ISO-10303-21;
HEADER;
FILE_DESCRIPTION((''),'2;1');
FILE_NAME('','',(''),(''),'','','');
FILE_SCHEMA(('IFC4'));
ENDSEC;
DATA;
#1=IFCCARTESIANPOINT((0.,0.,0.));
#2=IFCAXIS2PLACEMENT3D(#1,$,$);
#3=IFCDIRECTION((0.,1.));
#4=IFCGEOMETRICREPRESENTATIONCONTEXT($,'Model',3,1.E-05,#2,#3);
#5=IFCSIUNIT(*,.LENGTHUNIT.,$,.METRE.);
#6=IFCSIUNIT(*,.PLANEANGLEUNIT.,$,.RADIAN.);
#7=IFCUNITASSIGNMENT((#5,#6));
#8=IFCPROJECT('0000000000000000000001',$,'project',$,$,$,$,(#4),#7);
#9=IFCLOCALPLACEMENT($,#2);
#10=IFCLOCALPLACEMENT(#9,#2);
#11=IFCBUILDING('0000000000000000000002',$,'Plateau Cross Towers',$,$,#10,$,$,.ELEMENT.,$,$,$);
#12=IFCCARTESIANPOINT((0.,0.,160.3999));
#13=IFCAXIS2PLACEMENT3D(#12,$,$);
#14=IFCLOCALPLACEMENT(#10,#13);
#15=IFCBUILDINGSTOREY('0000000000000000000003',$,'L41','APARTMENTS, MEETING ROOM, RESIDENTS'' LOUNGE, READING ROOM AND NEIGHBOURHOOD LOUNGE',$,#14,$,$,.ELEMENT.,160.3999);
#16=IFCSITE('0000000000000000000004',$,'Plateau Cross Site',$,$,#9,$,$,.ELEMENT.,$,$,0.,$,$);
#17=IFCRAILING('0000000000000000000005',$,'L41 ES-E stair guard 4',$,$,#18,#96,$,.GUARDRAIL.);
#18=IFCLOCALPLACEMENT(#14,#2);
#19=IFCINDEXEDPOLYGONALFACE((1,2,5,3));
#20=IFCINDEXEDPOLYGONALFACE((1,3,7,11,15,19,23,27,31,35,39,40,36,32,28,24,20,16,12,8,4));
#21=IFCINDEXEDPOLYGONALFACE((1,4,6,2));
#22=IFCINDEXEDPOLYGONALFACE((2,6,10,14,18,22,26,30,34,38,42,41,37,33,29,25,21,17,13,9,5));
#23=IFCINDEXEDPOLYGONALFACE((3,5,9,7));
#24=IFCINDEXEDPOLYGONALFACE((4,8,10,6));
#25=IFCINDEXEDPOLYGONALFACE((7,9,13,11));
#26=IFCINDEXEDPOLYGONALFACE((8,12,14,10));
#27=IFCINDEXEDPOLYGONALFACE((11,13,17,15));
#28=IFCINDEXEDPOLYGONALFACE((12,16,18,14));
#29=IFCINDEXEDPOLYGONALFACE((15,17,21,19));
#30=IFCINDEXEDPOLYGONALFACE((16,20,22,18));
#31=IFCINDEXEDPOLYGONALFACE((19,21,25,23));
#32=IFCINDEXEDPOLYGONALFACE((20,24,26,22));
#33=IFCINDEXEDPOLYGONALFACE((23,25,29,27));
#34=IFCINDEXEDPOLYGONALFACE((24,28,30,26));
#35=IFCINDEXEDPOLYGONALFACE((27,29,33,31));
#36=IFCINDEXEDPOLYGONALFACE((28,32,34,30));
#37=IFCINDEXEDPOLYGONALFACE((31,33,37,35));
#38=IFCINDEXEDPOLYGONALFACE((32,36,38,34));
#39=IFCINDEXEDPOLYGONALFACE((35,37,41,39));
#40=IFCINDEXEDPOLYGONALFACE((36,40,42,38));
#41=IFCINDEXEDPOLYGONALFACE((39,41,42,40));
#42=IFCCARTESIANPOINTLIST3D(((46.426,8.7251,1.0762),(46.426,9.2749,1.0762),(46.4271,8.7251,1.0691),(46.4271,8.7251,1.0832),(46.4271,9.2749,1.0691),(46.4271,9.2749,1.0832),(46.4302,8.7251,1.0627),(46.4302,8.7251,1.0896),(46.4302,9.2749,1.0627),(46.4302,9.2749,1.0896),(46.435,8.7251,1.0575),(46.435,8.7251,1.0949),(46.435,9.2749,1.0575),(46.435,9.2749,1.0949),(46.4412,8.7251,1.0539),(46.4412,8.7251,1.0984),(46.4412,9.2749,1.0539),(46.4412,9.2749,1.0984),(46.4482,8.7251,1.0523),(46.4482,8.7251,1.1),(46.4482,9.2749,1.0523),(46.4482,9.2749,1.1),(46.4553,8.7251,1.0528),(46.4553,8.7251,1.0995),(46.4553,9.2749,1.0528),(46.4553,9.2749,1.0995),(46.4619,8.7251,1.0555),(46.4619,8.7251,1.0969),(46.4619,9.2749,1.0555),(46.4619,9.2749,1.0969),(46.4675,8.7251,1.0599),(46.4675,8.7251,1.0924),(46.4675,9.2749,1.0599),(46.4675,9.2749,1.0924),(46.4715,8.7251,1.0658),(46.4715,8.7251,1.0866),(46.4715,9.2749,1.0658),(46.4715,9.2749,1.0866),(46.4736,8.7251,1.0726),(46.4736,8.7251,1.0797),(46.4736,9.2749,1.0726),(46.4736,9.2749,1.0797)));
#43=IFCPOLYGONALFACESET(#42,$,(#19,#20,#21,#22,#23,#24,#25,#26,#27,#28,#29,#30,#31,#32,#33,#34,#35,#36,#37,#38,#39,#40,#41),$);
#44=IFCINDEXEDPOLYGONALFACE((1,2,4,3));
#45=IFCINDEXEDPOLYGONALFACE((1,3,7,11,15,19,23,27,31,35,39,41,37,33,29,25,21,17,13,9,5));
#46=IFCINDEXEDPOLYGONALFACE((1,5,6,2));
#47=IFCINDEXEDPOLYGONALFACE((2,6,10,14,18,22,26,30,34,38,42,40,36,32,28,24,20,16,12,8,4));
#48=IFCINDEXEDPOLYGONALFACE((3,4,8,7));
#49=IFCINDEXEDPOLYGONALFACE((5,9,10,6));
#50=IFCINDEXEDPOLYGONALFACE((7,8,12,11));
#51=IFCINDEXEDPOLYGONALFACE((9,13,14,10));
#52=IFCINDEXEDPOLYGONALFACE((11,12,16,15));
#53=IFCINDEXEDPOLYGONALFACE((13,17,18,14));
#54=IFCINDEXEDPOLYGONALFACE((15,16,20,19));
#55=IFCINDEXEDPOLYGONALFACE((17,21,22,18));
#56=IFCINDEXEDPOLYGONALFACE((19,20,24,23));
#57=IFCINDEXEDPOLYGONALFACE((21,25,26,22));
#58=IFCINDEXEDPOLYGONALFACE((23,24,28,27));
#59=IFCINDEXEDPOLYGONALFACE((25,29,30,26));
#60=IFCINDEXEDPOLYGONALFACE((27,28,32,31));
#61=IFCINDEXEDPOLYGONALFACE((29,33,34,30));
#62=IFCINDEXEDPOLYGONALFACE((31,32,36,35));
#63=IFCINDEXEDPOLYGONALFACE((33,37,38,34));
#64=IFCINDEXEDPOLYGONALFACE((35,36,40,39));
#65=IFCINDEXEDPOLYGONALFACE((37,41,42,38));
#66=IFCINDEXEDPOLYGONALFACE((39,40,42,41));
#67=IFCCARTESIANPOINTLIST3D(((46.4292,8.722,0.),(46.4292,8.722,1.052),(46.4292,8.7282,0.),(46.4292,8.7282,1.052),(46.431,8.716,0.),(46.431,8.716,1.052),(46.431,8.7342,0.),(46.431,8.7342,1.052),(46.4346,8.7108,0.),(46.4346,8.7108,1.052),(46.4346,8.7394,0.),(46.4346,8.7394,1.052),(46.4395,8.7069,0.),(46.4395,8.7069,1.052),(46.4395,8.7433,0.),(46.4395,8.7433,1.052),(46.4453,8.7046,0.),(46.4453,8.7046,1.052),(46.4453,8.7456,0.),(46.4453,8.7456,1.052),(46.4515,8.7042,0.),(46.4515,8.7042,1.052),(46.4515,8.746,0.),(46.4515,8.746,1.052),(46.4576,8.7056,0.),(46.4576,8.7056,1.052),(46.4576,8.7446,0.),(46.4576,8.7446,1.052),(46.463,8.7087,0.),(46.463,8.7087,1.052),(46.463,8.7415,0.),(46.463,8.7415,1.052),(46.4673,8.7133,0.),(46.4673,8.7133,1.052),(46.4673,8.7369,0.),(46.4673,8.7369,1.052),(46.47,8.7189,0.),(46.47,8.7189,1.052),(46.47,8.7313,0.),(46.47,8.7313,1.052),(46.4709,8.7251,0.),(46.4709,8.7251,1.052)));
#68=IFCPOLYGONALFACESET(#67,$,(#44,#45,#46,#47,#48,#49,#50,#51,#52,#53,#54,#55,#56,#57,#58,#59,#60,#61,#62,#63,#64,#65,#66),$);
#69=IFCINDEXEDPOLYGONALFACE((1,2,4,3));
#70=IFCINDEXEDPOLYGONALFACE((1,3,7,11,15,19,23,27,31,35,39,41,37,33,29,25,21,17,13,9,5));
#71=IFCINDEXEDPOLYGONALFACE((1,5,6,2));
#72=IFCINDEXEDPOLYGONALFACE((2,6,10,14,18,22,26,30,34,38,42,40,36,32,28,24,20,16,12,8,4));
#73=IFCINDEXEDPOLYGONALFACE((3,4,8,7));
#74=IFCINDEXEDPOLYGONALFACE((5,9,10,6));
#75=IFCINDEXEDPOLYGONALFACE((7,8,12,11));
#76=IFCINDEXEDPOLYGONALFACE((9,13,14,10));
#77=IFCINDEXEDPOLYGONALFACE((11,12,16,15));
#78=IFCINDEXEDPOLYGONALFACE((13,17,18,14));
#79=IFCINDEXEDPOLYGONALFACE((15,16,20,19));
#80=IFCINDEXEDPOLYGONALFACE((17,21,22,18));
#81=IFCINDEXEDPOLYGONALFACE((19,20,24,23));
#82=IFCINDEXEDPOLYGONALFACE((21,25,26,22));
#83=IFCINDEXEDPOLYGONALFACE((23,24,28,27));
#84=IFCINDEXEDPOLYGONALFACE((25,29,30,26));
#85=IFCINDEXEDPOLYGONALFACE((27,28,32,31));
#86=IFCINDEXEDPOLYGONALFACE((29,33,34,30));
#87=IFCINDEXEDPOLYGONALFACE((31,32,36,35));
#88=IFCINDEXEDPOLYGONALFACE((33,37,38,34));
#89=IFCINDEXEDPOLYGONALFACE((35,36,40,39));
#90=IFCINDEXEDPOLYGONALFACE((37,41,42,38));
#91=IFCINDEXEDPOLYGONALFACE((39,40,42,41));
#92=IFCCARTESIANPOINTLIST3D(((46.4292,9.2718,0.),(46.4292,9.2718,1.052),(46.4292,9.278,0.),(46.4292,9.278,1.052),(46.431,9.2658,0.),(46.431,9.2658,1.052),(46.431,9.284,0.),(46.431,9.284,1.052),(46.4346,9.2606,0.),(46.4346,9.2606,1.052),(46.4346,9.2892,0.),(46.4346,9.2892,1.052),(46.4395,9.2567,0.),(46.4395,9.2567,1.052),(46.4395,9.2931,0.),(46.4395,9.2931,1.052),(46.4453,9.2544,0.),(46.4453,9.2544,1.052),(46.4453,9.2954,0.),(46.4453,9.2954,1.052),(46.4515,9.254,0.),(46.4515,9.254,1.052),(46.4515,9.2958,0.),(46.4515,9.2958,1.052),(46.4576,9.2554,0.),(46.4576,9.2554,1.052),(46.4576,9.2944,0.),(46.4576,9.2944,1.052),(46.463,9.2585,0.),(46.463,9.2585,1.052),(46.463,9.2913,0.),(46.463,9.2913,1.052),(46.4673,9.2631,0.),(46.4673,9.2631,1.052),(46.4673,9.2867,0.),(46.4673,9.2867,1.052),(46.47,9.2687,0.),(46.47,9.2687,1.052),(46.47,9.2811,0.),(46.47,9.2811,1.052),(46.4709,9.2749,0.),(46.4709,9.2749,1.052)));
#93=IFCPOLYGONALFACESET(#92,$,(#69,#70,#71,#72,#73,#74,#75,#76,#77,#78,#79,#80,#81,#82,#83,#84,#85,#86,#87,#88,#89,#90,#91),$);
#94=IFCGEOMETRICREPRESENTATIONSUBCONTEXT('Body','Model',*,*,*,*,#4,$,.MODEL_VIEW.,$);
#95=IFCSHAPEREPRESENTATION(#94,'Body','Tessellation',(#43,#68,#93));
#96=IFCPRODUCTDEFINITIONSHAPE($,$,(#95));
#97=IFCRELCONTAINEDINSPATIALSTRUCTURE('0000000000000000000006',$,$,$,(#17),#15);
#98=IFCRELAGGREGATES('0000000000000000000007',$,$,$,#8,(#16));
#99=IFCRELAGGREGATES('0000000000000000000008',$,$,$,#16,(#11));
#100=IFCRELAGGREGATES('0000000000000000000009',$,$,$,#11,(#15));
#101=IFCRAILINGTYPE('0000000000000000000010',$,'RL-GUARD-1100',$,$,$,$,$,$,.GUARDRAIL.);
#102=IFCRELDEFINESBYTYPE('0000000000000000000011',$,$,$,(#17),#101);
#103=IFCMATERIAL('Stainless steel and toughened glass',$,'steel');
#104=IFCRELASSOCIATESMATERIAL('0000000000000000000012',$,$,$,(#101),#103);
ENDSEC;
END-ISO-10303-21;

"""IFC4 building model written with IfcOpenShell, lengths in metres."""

from ifc_helpers import new_model, si_unit, direction, frame, origin, origin_2d, place, context, subcontext, project, spatial, circle, extrude, material, type_object, element, save


model = new_model("IFC4")

# Units and contexts
model_context = context("Model", 3, precision=1e-05, world=origin(), true_north=direction((0.0, 1.0)))
body_context = subcontext(model_context, "Body", "Model", "MODEL_VIEW")
ifc_project = project(units=[si_unit("LENGTHUNIT", "METRE"), si_unit("PLANEANGLEUNIT", "RADIAN")], contexts=[model_context])

# Site, building, storey
site_placement = place(None, origin())
site = spatial("IfcSite", under=ifc_project, at=site_placement, Name="Plateau Cross Site", CompositionType="ELEMENT", RefElevation=0.0)
building_placement = place(site_placement, origin())
building = spatial("IfcBuilding", under=site, at=building_placement, Name="Plateau Cross Towers", CompositionType="ELEMENT")
storey_placement = place(building_placement, frame((0.0, 0.0, 160.3999)))
storey = spatial("IfcBuildingStorey", under=building, at=storey_placement, Name="L41", Description="APARTMENTS, MEETING ROOM, RESIDENTS' LOUNGE, READING ROOM AND NEIGHBOURHOOD LOUNGE", CompositionType="ELEMENT", Elevation=160.3999)

# Railing
ifc_material_1 = material(Name="Stainless steel and toughened glass", Category="steel")
railing_type_1 = type_object("IfcRailingType", Name="RL-GUARD-1100", PredefinedType="GUARDRAIL", material=ifc_material_1)
railing_1_placement = place(storey_placement, frame((46.45, 8.7251, 0.0)))
element("IfcRailing", 1, at=railing_1_placement, inside=storey, type_object=railing_type_1, Name="L41 ES-E stair guard 4", PredefinedType="GUARDRAIL", context=body_context, shape_type="SweptSolid", body=[
    extrude(circle(Radius=0.0239, at=origin_2d()), frame((0.0, 0.0, 1.0762), z_axis=(0.0, 1.0, 0.0), x_axis=(-1.0, 0.0, 0.0)), (0.0, 0.0, 1.0), 0.5498),
    extrude(circle(Radius=0.021, at=origin_2d()), origin(), (0.0, 0.0, 1.0), 1.052),
    extrude(circle(Radius=0.021, at=origin_2d()), frame((0.0, 0.5498, 0.0)), (0.0, 0.0, 1.0), 1.052),
])

save(model, "model.ifc")
